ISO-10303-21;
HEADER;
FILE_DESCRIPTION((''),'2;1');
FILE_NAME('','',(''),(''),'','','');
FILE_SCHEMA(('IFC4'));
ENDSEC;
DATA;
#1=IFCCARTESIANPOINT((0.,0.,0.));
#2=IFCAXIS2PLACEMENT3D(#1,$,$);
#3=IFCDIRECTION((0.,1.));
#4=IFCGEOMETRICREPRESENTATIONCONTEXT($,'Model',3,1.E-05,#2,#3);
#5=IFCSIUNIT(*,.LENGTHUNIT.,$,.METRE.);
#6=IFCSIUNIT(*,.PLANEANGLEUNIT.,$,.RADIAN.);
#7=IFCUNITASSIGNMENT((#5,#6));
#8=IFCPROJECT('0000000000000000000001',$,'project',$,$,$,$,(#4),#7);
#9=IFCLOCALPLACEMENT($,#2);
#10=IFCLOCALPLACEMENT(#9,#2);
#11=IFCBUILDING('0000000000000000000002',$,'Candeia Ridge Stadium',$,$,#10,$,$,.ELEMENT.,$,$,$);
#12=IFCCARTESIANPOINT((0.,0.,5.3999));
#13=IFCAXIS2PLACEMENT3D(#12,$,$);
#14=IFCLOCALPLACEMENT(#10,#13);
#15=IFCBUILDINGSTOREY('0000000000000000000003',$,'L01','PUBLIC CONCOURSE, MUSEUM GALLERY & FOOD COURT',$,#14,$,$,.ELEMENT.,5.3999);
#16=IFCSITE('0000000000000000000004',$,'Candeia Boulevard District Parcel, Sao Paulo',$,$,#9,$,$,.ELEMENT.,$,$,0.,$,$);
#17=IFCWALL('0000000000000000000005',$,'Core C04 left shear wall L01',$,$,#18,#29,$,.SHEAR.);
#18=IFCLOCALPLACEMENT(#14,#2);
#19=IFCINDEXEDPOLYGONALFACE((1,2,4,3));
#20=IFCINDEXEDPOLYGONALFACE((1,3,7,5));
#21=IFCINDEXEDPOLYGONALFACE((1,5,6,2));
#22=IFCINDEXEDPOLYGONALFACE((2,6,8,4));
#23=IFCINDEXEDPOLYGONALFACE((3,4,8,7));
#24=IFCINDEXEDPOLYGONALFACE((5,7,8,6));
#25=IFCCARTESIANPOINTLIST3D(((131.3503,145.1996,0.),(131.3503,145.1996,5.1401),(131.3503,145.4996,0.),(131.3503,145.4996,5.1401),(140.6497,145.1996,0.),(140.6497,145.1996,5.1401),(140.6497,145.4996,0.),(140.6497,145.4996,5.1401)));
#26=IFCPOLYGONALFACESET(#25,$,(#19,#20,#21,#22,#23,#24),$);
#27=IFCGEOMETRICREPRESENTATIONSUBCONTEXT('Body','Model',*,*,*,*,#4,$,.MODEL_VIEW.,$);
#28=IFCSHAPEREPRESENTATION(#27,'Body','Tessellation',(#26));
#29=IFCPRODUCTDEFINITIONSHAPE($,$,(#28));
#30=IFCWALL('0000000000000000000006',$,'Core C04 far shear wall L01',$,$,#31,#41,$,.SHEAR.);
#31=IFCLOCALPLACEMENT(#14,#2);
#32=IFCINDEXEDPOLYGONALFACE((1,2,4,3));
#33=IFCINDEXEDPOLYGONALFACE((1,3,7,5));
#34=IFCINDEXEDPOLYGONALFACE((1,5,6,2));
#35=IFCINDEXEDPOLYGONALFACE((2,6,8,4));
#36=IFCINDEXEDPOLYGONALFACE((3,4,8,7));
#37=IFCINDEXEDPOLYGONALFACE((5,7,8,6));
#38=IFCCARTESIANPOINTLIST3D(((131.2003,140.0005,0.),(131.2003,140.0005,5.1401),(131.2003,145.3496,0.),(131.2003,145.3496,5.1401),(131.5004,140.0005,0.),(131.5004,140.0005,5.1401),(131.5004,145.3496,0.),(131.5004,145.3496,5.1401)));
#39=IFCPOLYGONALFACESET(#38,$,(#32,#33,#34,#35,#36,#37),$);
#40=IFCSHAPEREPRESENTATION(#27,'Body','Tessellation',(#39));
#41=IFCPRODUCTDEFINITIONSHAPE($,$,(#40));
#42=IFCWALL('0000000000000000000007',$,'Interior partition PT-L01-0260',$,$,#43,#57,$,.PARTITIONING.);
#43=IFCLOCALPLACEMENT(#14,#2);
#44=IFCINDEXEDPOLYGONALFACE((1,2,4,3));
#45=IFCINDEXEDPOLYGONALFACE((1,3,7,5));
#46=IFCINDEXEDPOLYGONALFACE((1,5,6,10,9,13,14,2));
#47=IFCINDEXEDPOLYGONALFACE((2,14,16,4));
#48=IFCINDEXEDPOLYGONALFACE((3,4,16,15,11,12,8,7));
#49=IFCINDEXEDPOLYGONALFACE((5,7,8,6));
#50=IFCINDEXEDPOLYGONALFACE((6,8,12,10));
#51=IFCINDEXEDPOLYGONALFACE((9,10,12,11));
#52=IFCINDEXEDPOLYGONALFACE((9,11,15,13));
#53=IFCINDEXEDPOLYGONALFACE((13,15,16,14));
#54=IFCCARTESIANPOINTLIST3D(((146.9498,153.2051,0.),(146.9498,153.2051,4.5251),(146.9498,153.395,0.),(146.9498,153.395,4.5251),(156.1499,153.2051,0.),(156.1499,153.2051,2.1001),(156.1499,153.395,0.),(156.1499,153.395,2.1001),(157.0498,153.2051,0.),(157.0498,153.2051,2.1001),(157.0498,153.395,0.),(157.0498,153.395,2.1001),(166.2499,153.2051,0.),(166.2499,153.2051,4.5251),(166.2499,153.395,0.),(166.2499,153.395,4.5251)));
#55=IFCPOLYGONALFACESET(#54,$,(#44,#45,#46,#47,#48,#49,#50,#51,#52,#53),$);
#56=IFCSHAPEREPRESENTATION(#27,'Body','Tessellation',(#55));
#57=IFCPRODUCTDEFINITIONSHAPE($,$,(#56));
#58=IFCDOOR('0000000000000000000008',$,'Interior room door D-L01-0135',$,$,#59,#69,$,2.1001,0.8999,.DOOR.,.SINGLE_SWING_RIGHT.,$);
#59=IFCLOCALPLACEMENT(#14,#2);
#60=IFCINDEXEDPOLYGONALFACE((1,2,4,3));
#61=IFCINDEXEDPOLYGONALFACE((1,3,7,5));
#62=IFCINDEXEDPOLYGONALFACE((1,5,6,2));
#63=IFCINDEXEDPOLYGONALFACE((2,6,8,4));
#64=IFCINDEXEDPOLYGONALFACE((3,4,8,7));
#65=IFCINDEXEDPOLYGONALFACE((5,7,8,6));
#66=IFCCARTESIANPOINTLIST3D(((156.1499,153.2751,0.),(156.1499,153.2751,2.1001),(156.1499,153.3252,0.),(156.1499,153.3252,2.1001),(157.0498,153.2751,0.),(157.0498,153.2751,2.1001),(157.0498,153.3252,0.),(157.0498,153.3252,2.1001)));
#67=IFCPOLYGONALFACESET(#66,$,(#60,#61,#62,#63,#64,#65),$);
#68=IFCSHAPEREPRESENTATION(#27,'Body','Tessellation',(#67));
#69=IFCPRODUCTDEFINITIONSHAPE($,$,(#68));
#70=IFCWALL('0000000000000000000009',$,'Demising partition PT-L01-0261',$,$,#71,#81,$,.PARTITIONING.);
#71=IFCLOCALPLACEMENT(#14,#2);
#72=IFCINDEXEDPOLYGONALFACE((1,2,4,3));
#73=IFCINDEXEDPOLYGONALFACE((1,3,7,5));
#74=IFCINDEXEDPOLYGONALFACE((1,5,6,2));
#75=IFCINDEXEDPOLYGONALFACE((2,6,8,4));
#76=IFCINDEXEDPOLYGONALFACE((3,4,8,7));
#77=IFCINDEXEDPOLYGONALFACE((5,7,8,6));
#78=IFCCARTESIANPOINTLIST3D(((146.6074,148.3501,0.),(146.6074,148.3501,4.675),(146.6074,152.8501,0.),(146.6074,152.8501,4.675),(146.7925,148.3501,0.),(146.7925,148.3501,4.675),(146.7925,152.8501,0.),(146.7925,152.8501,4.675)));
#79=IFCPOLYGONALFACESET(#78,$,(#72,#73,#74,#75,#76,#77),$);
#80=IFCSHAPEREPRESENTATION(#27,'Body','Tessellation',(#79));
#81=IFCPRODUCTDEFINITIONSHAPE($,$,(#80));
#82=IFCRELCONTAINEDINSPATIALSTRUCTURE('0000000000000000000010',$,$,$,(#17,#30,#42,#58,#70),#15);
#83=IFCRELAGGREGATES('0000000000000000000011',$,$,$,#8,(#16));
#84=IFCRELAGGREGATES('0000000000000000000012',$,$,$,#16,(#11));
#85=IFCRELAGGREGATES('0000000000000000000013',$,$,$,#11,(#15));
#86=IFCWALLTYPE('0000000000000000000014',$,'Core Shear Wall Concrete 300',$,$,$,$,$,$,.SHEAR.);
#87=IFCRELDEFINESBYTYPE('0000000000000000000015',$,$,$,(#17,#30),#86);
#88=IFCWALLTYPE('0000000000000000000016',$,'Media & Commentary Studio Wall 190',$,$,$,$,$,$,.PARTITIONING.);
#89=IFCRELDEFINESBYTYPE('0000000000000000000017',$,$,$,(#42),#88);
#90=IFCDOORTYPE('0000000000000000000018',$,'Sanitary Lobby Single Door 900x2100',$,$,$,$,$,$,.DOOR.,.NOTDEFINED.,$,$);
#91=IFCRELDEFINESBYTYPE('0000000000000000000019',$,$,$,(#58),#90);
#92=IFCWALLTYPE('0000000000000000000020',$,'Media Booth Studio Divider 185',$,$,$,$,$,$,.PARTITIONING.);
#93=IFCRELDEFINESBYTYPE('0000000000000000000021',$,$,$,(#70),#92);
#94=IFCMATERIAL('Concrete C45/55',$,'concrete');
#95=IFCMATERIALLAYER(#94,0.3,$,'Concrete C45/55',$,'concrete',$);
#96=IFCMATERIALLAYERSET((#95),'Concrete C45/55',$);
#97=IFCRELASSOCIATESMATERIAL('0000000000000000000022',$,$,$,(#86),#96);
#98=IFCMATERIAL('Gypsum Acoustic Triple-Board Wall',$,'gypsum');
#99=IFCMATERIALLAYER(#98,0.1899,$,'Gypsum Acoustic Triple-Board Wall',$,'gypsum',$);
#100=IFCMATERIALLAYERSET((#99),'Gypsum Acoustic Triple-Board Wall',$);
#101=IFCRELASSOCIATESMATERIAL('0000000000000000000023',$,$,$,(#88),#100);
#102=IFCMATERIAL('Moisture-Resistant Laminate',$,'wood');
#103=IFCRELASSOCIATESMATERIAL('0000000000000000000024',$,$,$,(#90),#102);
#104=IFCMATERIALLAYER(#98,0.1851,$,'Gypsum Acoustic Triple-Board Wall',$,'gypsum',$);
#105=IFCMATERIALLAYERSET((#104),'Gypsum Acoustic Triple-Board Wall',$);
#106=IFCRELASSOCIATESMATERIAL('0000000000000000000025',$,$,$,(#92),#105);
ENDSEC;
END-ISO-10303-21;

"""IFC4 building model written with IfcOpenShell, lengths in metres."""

from ifc_helpers import new_model, si_unit, direction, frame, frame_2d, origin, place, context, subcontext, project, spatial, rectangle, extrude, material, layer, layer_set, type_object, element, fill, save


model = new_model("IFC4")

# Units and contexts
model_context = context("Model", 3, precision=1e-05, world=origin(), true_north=direction((0.0, 1.0)))
body_context = subcontext(model_context, "Body", "Model", "MODEL_VIEW")
ifc_project = project(units=[si_unit("LENGTHUNIT", "METRE"), si_unit("PLANEANGLEUNIT", "RADIAN")], contexts=[model_context])

# Site, building, storey
site_placement = place(None, origin())
site = spatial("IfcSite", under=ifc_project, at=site_placement, Name="Candeia Boulevard District Parcel, Sao Paulo", CompositionType="ELEMENT", RefElevation=0.0)
building_placement = place(site_placement, origin())
building = spatial("IfcBuilding", under=site, at=building_placement, Name="Candeia Ridge Stadium", CompositionType="ELEMENT")
storey_placement = place(building_placement, frame((0.0, 0.0, 5.3999)))
storey = spatial("IfcBuildingStorey", under=building, at=storey_placement, Name="L01", Description="PUBLIC CONCOURSE, MUSEUM GALLERY & FOOD COURT", CompositionType="ELEMENT", Elevation=5.3999)

# Shared definitions
ifc_material_1 = material(Name="Concrete C45/55", Category="concrete")

# Walls
ifc_layer_1 = layer(ifc_material_1, 0.3, Name="Concrete C45/55", Category="concrete")
ifc_layer_set_1 = layer_set([ifc_layer_1], Name="Concrete C45/55")
wall_type_1 = type_object("IfcWallType", Name="Core Shear Wall Concrete 300", PredefinedType="SHEAR", material=ifc_layer_set_1)
wall_1_placement = place(storey_placement, frame((140.6497, 145.3496, 0.0), z_axis=(0.0, 0.0, 1.0), x_axis=(-1.0, 0.0, 0.0)))
element("IfcWall", 1, at=wall_1_placement, inside=storey, type_object=wall_type_1, Name="Core C04 left shear wall L01", PredefinedType="SHEAR", context=body_context, shape_type="SweptSolid", body=[
    extrude(rectangle(XDim=9.2993, YDim=0.3, at=frame_2d((4.6497, 0.0))), origin(), (0.0, 0.0, 1.0), 5.1401),
])
wall_2_placement = place(storey_placement, frame((131.3503, 145.3496, 0.0), z_axis=(0.0, 0.0, 1.0), x_axis=(0.0, -1.0, 0.0)))
element("IfcWall", 2, at=wall_2_placement, inside=storey, type_object=wall_type_1, Name="Core C04 far shear wall L01", PredefinedType="SHEAR", context=body_context, shape_type="SweptSolid", body=[
    extrude(rectangle(XDim=5.3491, YDim=0.3, at=frame_2d((2.6746, 0.0))), origin(), (0.0, 0.0, 1.0), 5.1401),
])

# Wall, opening, door
ifc_material_2 = material(Name="Gypsum Acoustic Triple-Board Wall", Category="gypsum")
ifc_layer_2 = layer(ifc_material_2, 0.1899, Name="Gypsum Acoustic Triple-Board Wall", Category="gypsum")
ifc_layer_set_2 = layer_set([ifc_layer_2], Name="Gypsum Acoustic Triple-Board Wall")
wall_type_2 = type_object("IfcWallType", Name="Media & Commentary Studio Wall 190", PredefinedType="PARTITIONING", material=ifc_layer_set_2)
wall_3_placement = place(storey_placement, frame((146.95, 153.3, 0.0), z_axis=(0.0, 0.0, 1.0), x_axis=(1.0, 0.0, 0.0)))
wall_3 = element("IfcWall", 3, at=wall_3_placement, inside=storey, type_object=wall_type_2, Name="Interior partition PT-L01-0260", PredefinedType="PARTITIONING", context=body_context, shape_type="SweptSolid", body=[
    extrude(rectangle(XDim=19.3, YDim=0.1899, at=frame_2d((9.6499, 0.0))), origin(), (0.0, 0.0, 1.0), 4.5251),
])
opening_placement = place(wall_3_placement, frame((9.2, 0.0, 0.0)))
opening = element("IfcOpeningElement", 4, at=opening_placement, cuts=wall_3, PredefinedType="OPENING", context=body_context, shape_type="SweptSolid", body=[
    extrude(rectangle(XDim=0.8999, YDim=2.1001, at=frame_2d((0.45, 1.05))), frame((0.0, 0.105, 0.0), z_axis=(0.0, -1.0, 0.0), x_axis=(1.0, 0.0, 0.0)), (0.0, 0.0, 1.0), 0.21),
])
ifc_material_3 = material(Name="Moisture-Resistant Laminate", Category="wood")
door_type = type_object("IfcDoorType", Name="Sanitary Lobby Single Door 900x2100", OperationType="NOTDEFINED", PredefinedType="DOOR", material=ifc_material_3)
door_placement = place(opening_placement, frame((0.8999, 0.0, 0.0), z_axis=(0.0, 0.0, 1.0), x_axis=(-1.0, 0.0, 0.0)))
door = element("IfcDoor", 5, at=door_placement, inside=storey, type_object=door_type, Name="Interior room door D-L01-0135", OperationType="SINGLE_SWING_RIGHT", OverallHeight=2.1001, OverallWidth=0.8999, PredefinedType="DOOR", context=body_context, shape_type="SweptSolid", body=[
    extrude(rectangle(XDim=0.8999, YDim=2.1001, at=frame_2d((0.45, 1.05))), frame((0.0, 0.0249, 0.0), z_axis=(0.0, -1.0, 0.0), x_axis=(1.0, 0.0, 0.0)), (0.0, 0.0, 1.0), 0.05),
])
fill(opening, door)

# Wall
ifc_layer_3 = layer(ifc_material_2, 0.1851, Name="Gypsum Acoustic Triple-Board Wall", Category="gypsum")
ifc_layer_set_3 = layer_set([ifc_layer_3], Name="Gypsum Acoustic Triple-Board Wall")
wall_type_3 = type_object("IfcWallType", Name="Media Booth Studio Divider 185", PredefinedType="PARTITIONING", material=ifc_layer_set_3)
wall_4_placement = place(storey_placement, frame((146.7, 148.3501, 0.0), z_axis=(0.0, 0.0, 1.0), x_axis=(0.0, 1.0, 0.0)))
element("IfcWall", 6, at=wall_4_placement, inside=storey, type_object=wall_type_3, Name="Demising partition PT-L01-0261", PredefinedType="PARTITIONING", context=body_context, shape_type="SweptSolid", body=[
    extrude(rectangle(XDim=4.5, YDim=0.1851, at=frame_2d((2.25, 0.0))), origin(), (0.0, 0.0, 1.0), 4.675),
])

save(model, "model.ifc")
